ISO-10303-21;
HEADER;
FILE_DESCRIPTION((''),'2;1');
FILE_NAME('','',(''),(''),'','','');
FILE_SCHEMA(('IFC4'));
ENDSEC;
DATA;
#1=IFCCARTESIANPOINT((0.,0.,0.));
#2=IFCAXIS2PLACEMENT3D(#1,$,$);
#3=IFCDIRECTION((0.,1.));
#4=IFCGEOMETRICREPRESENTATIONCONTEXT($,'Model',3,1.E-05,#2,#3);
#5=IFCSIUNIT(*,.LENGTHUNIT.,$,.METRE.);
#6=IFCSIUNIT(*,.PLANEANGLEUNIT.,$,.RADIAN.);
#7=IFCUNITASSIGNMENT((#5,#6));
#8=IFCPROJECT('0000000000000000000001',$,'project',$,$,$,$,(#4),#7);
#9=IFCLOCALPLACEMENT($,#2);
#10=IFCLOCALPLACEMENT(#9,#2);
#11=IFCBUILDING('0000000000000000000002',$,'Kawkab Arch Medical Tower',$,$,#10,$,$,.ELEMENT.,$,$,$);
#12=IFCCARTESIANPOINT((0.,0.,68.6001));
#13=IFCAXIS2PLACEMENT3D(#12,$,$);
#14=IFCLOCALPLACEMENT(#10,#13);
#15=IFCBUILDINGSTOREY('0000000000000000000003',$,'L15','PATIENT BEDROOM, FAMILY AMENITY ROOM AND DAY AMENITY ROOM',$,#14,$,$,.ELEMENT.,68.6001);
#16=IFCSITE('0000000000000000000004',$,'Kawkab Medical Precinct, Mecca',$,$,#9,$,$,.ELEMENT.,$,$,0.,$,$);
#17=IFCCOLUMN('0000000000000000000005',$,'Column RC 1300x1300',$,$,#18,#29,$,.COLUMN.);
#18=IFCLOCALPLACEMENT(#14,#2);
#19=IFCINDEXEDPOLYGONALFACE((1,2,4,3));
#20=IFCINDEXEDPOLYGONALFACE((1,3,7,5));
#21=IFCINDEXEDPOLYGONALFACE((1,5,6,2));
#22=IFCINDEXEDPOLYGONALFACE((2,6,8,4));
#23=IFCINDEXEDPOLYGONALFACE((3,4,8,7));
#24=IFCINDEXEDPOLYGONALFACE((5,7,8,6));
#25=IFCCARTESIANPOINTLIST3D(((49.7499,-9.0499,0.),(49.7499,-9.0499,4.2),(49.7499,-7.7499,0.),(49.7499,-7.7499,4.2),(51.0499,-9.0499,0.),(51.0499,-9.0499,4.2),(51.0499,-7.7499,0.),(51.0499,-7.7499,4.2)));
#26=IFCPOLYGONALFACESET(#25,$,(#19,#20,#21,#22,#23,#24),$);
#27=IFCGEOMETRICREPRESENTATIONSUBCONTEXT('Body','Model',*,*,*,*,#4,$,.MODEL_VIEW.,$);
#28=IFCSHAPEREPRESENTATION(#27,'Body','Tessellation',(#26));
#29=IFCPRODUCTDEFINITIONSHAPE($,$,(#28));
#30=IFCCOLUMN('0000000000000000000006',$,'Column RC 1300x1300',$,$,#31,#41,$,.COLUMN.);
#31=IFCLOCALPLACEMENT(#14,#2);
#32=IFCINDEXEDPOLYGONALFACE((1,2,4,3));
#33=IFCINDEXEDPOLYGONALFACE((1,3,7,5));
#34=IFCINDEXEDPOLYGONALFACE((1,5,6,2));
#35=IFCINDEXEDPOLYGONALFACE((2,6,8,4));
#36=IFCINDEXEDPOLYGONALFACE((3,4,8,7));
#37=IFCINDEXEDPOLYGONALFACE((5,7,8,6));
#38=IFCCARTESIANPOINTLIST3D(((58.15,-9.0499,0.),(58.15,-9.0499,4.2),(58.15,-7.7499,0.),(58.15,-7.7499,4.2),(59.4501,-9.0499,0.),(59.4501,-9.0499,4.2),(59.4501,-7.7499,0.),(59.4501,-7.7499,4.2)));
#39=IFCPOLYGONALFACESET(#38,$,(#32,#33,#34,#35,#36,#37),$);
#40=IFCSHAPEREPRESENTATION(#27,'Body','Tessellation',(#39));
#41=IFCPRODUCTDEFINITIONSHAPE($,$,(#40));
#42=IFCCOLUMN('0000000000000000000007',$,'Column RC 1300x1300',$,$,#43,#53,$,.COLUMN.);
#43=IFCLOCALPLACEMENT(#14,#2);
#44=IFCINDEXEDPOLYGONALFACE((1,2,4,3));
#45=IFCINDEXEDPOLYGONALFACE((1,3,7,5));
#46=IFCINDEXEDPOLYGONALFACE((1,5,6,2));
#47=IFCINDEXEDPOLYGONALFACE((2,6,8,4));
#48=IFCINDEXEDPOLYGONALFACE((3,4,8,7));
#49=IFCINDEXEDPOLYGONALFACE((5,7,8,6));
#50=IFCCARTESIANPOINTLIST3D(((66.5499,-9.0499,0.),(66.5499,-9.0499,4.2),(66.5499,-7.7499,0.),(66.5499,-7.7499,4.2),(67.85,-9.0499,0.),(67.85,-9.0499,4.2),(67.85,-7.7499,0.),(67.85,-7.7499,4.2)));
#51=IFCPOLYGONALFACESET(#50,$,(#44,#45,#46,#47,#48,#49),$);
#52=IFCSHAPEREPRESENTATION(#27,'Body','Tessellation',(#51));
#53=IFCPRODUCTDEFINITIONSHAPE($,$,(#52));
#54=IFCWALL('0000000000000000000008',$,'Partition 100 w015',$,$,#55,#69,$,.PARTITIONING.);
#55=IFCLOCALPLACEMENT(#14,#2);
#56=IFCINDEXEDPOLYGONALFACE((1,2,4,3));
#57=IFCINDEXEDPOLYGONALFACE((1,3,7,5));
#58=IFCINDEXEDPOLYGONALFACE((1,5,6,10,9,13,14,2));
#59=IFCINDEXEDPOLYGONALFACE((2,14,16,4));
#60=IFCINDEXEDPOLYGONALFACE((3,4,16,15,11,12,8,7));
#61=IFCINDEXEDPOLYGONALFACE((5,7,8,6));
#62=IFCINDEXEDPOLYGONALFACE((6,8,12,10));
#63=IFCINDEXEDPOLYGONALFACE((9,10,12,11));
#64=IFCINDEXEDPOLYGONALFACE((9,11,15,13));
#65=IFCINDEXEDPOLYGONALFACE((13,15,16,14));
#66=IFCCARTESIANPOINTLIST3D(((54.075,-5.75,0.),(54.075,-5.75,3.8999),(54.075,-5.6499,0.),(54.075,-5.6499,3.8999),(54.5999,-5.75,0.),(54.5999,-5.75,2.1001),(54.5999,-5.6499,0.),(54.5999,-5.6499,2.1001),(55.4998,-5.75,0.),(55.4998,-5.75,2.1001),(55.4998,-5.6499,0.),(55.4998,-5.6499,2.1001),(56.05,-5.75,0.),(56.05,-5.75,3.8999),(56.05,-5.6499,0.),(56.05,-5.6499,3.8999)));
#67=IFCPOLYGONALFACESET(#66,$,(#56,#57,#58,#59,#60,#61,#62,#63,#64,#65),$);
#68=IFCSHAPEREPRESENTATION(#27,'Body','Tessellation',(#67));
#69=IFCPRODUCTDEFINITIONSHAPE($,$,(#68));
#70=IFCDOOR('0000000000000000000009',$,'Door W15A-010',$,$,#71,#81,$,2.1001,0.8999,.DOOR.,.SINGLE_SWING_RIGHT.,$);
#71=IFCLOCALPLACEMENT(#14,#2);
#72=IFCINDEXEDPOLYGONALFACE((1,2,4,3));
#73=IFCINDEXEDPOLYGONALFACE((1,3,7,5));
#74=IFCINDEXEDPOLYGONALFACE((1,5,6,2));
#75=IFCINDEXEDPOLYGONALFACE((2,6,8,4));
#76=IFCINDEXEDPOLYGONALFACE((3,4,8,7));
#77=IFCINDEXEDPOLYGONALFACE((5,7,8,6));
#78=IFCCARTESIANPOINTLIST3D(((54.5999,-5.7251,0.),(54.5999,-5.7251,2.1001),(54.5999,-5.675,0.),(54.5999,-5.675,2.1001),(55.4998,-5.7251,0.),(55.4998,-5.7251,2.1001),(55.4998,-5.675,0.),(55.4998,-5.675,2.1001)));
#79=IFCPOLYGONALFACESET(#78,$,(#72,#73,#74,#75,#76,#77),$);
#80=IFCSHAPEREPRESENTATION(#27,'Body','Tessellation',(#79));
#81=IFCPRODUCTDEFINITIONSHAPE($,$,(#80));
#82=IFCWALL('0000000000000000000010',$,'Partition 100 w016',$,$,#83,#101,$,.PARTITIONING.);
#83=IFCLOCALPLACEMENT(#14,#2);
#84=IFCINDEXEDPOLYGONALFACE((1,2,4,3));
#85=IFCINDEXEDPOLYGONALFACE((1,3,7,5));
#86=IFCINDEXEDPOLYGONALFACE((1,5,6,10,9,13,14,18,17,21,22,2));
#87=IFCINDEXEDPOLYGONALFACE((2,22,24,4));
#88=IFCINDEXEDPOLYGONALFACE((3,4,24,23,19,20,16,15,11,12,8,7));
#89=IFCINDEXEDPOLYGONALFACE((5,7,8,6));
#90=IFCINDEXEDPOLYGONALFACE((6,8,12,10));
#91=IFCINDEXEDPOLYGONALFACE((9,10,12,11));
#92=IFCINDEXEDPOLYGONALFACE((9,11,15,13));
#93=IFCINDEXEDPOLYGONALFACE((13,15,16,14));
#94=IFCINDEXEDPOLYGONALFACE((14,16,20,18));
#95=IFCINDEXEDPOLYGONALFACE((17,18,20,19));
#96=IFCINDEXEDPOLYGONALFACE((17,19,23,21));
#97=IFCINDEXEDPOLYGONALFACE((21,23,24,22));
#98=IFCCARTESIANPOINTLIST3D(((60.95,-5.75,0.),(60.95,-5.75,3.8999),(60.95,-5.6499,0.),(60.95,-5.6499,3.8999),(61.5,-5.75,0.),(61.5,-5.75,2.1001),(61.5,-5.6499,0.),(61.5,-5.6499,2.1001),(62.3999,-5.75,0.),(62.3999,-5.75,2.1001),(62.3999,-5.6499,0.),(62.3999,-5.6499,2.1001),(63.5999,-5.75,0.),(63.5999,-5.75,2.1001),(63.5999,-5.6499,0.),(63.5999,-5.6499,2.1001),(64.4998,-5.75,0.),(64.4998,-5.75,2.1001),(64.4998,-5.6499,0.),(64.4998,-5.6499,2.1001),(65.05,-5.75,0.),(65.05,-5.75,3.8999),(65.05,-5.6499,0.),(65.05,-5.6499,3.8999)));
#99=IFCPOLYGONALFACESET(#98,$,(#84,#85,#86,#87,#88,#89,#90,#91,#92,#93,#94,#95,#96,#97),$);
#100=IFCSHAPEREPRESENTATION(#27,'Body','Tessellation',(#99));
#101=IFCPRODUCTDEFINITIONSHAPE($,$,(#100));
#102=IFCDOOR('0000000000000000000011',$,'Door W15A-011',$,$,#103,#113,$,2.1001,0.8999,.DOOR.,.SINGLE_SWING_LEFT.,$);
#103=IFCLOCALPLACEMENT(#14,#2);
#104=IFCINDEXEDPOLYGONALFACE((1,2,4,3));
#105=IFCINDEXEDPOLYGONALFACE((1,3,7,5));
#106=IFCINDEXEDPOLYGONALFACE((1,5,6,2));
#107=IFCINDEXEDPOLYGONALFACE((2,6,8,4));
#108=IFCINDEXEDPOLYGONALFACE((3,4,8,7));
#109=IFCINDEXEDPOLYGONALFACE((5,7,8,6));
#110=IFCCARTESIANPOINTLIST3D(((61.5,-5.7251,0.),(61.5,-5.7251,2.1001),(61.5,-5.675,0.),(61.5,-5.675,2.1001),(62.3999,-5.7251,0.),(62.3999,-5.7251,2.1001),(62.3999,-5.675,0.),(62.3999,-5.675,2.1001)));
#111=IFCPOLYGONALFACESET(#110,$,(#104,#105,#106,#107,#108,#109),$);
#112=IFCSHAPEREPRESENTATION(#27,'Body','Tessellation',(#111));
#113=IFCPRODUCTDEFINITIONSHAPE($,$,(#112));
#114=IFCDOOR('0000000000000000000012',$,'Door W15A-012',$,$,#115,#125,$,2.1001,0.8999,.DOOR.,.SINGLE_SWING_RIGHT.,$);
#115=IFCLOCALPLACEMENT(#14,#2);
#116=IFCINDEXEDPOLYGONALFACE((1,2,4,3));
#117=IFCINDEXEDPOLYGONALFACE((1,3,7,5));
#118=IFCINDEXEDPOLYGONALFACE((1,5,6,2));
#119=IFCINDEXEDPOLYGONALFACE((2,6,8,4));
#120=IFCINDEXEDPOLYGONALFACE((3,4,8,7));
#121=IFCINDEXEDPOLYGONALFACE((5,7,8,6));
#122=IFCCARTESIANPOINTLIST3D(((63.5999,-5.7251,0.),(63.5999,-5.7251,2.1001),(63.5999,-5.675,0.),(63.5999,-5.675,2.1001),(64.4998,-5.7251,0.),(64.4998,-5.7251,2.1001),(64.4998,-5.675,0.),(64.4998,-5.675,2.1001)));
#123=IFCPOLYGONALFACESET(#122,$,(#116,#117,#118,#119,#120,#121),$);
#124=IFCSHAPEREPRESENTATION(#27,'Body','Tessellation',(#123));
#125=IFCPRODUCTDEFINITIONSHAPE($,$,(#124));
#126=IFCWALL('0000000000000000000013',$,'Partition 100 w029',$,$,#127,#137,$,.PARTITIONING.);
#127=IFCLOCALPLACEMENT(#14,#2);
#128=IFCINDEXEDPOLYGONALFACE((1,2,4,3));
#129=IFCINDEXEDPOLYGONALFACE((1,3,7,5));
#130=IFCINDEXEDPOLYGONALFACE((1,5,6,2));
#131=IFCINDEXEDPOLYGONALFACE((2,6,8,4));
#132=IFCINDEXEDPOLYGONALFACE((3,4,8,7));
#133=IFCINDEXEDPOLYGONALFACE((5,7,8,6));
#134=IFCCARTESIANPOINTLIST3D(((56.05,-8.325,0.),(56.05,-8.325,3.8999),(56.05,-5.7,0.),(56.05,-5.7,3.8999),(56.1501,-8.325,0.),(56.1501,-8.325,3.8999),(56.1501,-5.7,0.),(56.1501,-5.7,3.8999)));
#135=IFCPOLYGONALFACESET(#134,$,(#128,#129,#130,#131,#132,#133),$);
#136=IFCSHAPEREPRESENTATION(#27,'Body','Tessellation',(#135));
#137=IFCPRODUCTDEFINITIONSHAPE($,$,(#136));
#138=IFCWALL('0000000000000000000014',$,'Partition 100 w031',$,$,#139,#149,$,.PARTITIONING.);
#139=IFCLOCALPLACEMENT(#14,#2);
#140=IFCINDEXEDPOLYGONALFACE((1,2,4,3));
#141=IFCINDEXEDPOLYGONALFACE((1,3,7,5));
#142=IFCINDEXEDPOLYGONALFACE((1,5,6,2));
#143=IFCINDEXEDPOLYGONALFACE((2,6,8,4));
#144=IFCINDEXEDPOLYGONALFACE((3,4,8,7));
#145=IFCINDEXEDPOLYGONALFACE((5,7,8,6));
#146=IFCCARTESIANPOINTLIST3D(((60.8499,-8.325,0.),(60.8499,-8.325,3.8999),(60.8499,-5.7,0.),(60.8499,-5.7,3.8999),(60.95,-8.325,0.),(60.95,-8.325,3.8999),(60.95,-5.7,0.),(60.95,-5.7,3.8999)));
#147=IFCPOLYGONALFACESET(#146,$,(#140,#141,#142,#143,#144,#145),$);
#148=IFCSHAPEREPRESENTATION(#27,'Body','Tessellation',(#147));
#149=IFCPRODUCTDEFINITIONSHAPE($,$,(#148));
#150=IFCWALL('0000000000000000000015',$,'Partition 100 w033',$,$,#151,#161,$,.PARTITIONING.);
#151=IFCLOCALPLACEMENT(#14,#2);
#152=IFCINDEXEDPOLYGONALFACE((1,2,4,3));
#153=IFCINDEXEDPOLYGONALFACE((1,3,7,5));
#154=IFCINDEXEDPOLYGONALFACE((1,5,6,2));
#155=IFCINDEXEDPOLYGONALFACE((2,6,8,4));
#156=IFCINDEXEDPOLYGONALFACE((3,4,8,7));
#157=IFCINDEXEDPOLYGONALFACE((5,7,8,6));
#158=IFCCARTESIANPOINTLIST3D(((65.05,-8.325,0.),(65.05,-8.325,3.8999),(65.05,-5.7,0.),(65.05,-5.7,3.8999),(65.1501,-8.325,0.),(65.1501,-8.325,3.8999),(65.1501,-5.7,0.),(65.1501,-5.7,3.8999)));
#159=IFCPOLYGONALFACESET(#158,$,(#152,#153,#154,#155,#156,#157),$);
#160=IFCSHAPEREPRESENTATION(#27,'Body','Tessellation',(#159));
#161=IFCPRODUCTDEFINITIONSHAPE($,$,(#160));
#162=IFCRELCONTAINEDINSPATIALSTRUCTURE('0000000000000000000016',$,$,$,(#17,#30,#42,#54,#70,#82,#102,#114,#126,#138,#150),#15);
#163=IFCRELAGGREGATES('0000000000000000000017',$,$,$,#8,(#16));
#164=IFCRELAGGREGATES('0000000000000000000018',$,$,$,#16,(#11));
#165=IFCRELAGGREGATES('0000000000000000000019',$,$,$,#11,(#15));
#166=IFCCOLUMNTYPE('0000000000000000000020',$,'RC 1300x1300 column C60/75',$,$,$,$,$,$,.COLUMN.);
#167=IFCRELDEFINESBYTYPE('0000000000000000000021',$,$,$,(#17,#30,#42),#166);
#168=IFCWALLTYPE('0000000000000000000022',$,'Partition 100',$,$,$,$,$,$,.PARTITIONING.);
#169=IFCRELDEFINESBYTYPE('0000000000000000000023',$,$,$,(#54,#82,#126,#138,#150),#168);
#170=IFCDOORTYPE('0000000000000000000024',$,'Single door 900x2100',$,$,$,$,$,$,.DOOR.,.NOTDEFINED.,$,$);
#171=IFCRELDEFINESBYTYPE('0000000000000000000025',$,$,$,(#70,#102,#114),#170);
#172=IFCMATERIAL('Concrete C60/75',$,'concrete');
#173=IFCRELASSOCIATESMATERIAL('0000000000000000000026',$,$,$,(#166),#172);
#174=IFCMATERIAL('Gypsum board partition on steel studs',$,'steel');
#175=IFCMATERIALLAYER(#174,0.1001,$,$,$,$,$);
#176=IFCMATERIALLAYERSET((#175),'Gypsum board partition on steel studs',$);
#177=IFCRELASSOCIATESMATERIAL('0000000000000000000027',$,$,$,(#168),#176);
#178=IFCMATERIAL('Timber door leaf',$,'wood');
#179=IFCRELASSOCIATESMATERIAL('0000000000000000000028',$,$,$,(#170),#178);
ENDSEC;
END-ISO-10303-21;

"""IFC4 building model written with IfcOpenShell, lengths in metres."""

from ifc_helpers import new_model, si_unit, direction, frame, frame_2d, origin, origin_2d, place, context, subcontext, project, spatial, rectangle, extrude, material, layer, layer_set, material_profile, profile_set, type_object, element, fill, save


model = new_model("IFC4")

# Units and contexts
model_context = context("Model", 3, precision=1e-05, world=origin(), true_north=direction((0.0, 1.0)))
body_context = subcontext(model_context, "Body", "Model", "MODEL_VIEW")
ifc_project = project(units=[si_unit("LENGTHUNIT", "METRE"), si_unit("PLANEANGLEUNIT", "RADIAN")], contexts=[model_context])

# Site, building, storey
site_placement = place(None, origin())
site = spatial("IfcSite", under=ifc_project, at=site_placement, Name="Kawkab Medical Precinct, Mecca", CompositionType="ELEMENT", RefElevation=0.0)
building_placement = place(site_placement, origin())
building = spatial("IfcBuilding", under=site, at=building_placement, Name="Kawkab Arch Medical Tower", CompositionType="ELEMENT")
storey_placement = place(building_placement, frame((0.0, 0.0, 68.6001)))
storey = spatial("IfcBuildingStorey", under=building, at=storey_placement, Name="L15", Description="PATIENT BEDROOM, FAMILY AMENITY ROOM AND DAY AMENITY ROOM", CompositionType="ELEMENT", Elevation=68.6001)

# Columns
ifc_material_1 = material(Name="Concrete C60/75", Category="concrete")
ifc_material_profile = material_profile(ifc_material_1, rectangle(XDim=1.3, YDim=1.3, at=origin_2d()), Name="RC 1300x1300")
ifc_profile_set = profile_set([ifc_material_profile], Name="Concrete C60/75")
column_type = type_object("IfcColumnType", Name="RC 1300x1300 column C60/75", PredefinedType="COLUMN", material=ifc_profile_set)
for number, where, z_axis, x_axis, name in (
    (1, (50.3999, -8.3999, 0.0), (0.0, 0.0, 1.0), (1.0, 0.0, 0.0), "Column RC 1300x1300"),
    (2, (58.8, -8.3999, 0.0), (0.0, 0.0, 1.0), (1.0, 0.0, 0.0), "Column RC 1300x1300"),
    (3, (67.2, -8.3999, 0.0), (0.0, 0.0, 1.0), (1.0, 0.0, 0.0), "Column RC 1300x1300"),
):
    element("IfcColumn", number, at=place(storey_placement, frame(where, z_axis=z_axis, x_axis=x_axis)), inside=storey, type_object=column_type, Name=name, PredefinedType="COLUMN", context=body_context, shape_type="SweptSolid", body=[
        extrude(rectangle(XDim=1.3, YDim=1.3, at=origin_2d()), origin(), (0.0, 0.0, 1.0), 4.2),
    ])

# Wall, opening, door
ifc_material_2 = material(Name="Gypsum board partition on steel studs", Category="steel")
ifc_layer_1 = layer(ifc_material_2, 0.1001)
ifc_layer_set_1 = layer_set([ifc_layer_1], Name="Gypsum board partition on steel studs")
wall_type_1 = type_object("IfcWallType", Name="Partition 100", PredefinedType="PARTITIONING", material=ifc_layer_set_1)
wall_1_placement = place(storey_placement, frame((54.075, -5.7, 0.0), z_axis=(0.0, 0.0, 1.0), x_axis=(1.0, 0.0, 0.0)))
wall_1 = element("IfcWall", 4, at=wall_1_placement, inside=storey, type_object=wall_type_1, Name="Partition 100 w015", PredefinedType="PARTITIONING", context=body_context, shape_type="SweptSolid", body=[
    extrude(rectangle(XDim=1.9751, YDim=0.1001, at=frame_2d((0.9875, 0.0))), origin(), (0.0, 0.0, 1.0), 3.8999),
])
opening_1_placement = place(wall_1_placement, frame((0.5249, 0.0, 0.0)))
opening_1 = element("IfcOpeningElement", 5, at=opening_1_placement, cuts=wall_1, PredefinedType="OPENING", context=body_context, shape_type="SweptSolid", body=[
    extrude(rectangle(XDim=0.8999, YDim=2.1001, at=frame_2d((0.45, 1.05))), frame((0.0, 0.0601, 0.0), z_axis=(0.0, -1.0, 0.0), x_axis=(1.0, 0.0, 0.0)), (0.0, 0.0, 1.0), 0.1201),
])
ifc_material_3 = material(Name="Timber door leaf", Category="wood")
door_type_1 = type_object("IfcDoorType", Name="Single door 900x2100", OperationType="NOTDEFINED", PredefinedType="DOOR", material=ifc_material_3)
door_1_placement = place(opening_1_placement, origin())
door_1 = element("IfcDoor", 6, at=door_1_placement, inside=storey, type_object=door_type_1, Name="Door W15A-010", OperationType="SINGLE_SWING_RIGHT", OverallHeight=2.1001, OverallWidth=0.8999, PredefinedType="DOOR", context=body_context, shape_type="SweptSolid", body=[
    extrude(rectangle(XDim=0.8999, YDim=2.1001, at=frame_2d((0.45, 1.05))), frame((0.0, 0.0249, 0.0), z_axis=(0.0, -1.0, 0.0), x_axis=(1.0, 0.0, 0.0)), (0.0, 0.0, 1.0), 0.05),
])
fill(opening_1, door_1)

# Wall, openings, doors
wall_2_placement = place(storey_placement, frame((60.95, -5.7, 0.0), z_axis=(0.0, 0.0, 1.0), x_axis=(1.0, 0.0, 0.0)))
wall_2 = element("IfcWall", 7, at=wall_2_placement, inside=storey, type_object=wall_type_1, Name="Partition 100 w016", PredefinedType="PARTITIONING", context=body_context, shape_type="SweptSolid", body=[
    extrude(rectangle(XDim=4.1001, YDim=0.1001, at=frame_2d((2.05, 0.0))), origin(), (0.0, 0.0, 1.0), 3.8999),
])
opening_2_placement = place(wall_2_placement, frame((0.55, 0.0, 0.0)))
opening_2 = element("IfcOpeningElement", 8, at=opening_2_placement, cuts=wall_2, PredefinedType="OPENING", context=body_context, shape_type="SweptSolid", body=[
    extrude(rectangle(XDim=0.8999, YDim=2.1001, at=frame_2d((0.45, 1.05))), frame((0.0, 0.0601, 0.0), z_axis=(0.0, -1.0, 0.0), x_axis=(1.0, 0.0, 0.0)), (0.0, 0.0, 1.0), 0.1201),
])
opening_3_placement = place(wall_2_placement, frame((2.6499, 0.0, 0.0)))
opening_3 = element("IfcOpeningElement", 9, at=opening_3_placement, cuts=wall_2, PredefinedType="OPENING", context=body_context, shape_type="SweptSolid", body=[
    extrude(rectangle(XDim=0.8999, YDim=2.1001, at=frame_2d((0.45, 1.05))), frame((0.0, 0.0601, 0.0), z_axis=(0.0, -1.0, 0.0), x_axis=(1.0, 0.0, 0.0)), (0.0, 0.0, 1.0), 0.1201),
])
door_2_placement = place(opening_2_placement, origin())
door_2 = element("IfcDoor", 10, at=door_2_placement, inside=storey, type_object=door_type_1, Name="Door W15A-011", OperationType="SINGLE_SWING_LEFT", OverallHeight=2.1001, OverallWidth=0.8999, PredefinedType="DOOR", context=body_context, shape_type="SweptSolid", body=[
    extrude(rectangle(XDim=0.8999, YDim=2.1001, at=frame_2d((0.45, 1.05))), frame((0.0, 0.0249, 0.0), z_axis=(0.0, -1.0, 0.0), x_axis=(1.0, 0.0, 0.0)), (0.0, 0.0, 1.0), 0.05),
])
fill(opening_2, door_2)
door_3_placement = place(opening_3_placement, origin())
door_3 = element("IfcDoor", 11, at=door_3_placement, inside=storey, type_object=door_type_1, Name="Door W15A-012", OperationType="SINGLE_SWING_RIGHT", OverallHeight=2.1001, OverallWidth=0.8999, PredefinedType="DOOR", context=body_context, shape_type="SweptSolid", body=[
    extrude(rectangle(XDim=0.8999, YDim=2.1001, at=frame_2d((0.45, 1.05))), frame((0.0, 0.0249, 0.0), z_axis=(0.0, -1.0, 0.0), x_axis=(1.0, 0.0, 0.0)), (0.0, 0.0, 1.0), 0.05),
])
fill(opening_3, door_3)

# Walls
for number, where, z_axis, x_axis, name in (
    (12, (56.1001, -8.325, 0.0), (0.0, 0.0, 1.0), (0.0, 1.0, 0.0), "Partition 100 w029"),
    (13, (60.8999, -8.325, 0.0), (0.0, 0.0, 1.0), (0.0, 1.0, 0.0), "Partition 100 w031"),
    (14, (65.1001, -8.325, 0.0), (0.0, 0.0, 1.0), (0.0, 1.0, 0.0), "Partition 100 w033"),
):
    element("IfcWall", number, at=place(storey_placement, frame(where, z_axis=z_axis, x_axis=x_axis)), inside=storey, type_object=wall_type_1, Name=name, PredefinedType="PARTITIONING", context=body_context, shape_type="SweptSolid", body=[
        extrude(rectangle(XDim=2.625, YDim=0.1001, at=frame_2d((1.3125, 0.0))), origin(), (0.0, 0.0, 1.0), 3.8999),
    ])

save(model, "model.ifc")
